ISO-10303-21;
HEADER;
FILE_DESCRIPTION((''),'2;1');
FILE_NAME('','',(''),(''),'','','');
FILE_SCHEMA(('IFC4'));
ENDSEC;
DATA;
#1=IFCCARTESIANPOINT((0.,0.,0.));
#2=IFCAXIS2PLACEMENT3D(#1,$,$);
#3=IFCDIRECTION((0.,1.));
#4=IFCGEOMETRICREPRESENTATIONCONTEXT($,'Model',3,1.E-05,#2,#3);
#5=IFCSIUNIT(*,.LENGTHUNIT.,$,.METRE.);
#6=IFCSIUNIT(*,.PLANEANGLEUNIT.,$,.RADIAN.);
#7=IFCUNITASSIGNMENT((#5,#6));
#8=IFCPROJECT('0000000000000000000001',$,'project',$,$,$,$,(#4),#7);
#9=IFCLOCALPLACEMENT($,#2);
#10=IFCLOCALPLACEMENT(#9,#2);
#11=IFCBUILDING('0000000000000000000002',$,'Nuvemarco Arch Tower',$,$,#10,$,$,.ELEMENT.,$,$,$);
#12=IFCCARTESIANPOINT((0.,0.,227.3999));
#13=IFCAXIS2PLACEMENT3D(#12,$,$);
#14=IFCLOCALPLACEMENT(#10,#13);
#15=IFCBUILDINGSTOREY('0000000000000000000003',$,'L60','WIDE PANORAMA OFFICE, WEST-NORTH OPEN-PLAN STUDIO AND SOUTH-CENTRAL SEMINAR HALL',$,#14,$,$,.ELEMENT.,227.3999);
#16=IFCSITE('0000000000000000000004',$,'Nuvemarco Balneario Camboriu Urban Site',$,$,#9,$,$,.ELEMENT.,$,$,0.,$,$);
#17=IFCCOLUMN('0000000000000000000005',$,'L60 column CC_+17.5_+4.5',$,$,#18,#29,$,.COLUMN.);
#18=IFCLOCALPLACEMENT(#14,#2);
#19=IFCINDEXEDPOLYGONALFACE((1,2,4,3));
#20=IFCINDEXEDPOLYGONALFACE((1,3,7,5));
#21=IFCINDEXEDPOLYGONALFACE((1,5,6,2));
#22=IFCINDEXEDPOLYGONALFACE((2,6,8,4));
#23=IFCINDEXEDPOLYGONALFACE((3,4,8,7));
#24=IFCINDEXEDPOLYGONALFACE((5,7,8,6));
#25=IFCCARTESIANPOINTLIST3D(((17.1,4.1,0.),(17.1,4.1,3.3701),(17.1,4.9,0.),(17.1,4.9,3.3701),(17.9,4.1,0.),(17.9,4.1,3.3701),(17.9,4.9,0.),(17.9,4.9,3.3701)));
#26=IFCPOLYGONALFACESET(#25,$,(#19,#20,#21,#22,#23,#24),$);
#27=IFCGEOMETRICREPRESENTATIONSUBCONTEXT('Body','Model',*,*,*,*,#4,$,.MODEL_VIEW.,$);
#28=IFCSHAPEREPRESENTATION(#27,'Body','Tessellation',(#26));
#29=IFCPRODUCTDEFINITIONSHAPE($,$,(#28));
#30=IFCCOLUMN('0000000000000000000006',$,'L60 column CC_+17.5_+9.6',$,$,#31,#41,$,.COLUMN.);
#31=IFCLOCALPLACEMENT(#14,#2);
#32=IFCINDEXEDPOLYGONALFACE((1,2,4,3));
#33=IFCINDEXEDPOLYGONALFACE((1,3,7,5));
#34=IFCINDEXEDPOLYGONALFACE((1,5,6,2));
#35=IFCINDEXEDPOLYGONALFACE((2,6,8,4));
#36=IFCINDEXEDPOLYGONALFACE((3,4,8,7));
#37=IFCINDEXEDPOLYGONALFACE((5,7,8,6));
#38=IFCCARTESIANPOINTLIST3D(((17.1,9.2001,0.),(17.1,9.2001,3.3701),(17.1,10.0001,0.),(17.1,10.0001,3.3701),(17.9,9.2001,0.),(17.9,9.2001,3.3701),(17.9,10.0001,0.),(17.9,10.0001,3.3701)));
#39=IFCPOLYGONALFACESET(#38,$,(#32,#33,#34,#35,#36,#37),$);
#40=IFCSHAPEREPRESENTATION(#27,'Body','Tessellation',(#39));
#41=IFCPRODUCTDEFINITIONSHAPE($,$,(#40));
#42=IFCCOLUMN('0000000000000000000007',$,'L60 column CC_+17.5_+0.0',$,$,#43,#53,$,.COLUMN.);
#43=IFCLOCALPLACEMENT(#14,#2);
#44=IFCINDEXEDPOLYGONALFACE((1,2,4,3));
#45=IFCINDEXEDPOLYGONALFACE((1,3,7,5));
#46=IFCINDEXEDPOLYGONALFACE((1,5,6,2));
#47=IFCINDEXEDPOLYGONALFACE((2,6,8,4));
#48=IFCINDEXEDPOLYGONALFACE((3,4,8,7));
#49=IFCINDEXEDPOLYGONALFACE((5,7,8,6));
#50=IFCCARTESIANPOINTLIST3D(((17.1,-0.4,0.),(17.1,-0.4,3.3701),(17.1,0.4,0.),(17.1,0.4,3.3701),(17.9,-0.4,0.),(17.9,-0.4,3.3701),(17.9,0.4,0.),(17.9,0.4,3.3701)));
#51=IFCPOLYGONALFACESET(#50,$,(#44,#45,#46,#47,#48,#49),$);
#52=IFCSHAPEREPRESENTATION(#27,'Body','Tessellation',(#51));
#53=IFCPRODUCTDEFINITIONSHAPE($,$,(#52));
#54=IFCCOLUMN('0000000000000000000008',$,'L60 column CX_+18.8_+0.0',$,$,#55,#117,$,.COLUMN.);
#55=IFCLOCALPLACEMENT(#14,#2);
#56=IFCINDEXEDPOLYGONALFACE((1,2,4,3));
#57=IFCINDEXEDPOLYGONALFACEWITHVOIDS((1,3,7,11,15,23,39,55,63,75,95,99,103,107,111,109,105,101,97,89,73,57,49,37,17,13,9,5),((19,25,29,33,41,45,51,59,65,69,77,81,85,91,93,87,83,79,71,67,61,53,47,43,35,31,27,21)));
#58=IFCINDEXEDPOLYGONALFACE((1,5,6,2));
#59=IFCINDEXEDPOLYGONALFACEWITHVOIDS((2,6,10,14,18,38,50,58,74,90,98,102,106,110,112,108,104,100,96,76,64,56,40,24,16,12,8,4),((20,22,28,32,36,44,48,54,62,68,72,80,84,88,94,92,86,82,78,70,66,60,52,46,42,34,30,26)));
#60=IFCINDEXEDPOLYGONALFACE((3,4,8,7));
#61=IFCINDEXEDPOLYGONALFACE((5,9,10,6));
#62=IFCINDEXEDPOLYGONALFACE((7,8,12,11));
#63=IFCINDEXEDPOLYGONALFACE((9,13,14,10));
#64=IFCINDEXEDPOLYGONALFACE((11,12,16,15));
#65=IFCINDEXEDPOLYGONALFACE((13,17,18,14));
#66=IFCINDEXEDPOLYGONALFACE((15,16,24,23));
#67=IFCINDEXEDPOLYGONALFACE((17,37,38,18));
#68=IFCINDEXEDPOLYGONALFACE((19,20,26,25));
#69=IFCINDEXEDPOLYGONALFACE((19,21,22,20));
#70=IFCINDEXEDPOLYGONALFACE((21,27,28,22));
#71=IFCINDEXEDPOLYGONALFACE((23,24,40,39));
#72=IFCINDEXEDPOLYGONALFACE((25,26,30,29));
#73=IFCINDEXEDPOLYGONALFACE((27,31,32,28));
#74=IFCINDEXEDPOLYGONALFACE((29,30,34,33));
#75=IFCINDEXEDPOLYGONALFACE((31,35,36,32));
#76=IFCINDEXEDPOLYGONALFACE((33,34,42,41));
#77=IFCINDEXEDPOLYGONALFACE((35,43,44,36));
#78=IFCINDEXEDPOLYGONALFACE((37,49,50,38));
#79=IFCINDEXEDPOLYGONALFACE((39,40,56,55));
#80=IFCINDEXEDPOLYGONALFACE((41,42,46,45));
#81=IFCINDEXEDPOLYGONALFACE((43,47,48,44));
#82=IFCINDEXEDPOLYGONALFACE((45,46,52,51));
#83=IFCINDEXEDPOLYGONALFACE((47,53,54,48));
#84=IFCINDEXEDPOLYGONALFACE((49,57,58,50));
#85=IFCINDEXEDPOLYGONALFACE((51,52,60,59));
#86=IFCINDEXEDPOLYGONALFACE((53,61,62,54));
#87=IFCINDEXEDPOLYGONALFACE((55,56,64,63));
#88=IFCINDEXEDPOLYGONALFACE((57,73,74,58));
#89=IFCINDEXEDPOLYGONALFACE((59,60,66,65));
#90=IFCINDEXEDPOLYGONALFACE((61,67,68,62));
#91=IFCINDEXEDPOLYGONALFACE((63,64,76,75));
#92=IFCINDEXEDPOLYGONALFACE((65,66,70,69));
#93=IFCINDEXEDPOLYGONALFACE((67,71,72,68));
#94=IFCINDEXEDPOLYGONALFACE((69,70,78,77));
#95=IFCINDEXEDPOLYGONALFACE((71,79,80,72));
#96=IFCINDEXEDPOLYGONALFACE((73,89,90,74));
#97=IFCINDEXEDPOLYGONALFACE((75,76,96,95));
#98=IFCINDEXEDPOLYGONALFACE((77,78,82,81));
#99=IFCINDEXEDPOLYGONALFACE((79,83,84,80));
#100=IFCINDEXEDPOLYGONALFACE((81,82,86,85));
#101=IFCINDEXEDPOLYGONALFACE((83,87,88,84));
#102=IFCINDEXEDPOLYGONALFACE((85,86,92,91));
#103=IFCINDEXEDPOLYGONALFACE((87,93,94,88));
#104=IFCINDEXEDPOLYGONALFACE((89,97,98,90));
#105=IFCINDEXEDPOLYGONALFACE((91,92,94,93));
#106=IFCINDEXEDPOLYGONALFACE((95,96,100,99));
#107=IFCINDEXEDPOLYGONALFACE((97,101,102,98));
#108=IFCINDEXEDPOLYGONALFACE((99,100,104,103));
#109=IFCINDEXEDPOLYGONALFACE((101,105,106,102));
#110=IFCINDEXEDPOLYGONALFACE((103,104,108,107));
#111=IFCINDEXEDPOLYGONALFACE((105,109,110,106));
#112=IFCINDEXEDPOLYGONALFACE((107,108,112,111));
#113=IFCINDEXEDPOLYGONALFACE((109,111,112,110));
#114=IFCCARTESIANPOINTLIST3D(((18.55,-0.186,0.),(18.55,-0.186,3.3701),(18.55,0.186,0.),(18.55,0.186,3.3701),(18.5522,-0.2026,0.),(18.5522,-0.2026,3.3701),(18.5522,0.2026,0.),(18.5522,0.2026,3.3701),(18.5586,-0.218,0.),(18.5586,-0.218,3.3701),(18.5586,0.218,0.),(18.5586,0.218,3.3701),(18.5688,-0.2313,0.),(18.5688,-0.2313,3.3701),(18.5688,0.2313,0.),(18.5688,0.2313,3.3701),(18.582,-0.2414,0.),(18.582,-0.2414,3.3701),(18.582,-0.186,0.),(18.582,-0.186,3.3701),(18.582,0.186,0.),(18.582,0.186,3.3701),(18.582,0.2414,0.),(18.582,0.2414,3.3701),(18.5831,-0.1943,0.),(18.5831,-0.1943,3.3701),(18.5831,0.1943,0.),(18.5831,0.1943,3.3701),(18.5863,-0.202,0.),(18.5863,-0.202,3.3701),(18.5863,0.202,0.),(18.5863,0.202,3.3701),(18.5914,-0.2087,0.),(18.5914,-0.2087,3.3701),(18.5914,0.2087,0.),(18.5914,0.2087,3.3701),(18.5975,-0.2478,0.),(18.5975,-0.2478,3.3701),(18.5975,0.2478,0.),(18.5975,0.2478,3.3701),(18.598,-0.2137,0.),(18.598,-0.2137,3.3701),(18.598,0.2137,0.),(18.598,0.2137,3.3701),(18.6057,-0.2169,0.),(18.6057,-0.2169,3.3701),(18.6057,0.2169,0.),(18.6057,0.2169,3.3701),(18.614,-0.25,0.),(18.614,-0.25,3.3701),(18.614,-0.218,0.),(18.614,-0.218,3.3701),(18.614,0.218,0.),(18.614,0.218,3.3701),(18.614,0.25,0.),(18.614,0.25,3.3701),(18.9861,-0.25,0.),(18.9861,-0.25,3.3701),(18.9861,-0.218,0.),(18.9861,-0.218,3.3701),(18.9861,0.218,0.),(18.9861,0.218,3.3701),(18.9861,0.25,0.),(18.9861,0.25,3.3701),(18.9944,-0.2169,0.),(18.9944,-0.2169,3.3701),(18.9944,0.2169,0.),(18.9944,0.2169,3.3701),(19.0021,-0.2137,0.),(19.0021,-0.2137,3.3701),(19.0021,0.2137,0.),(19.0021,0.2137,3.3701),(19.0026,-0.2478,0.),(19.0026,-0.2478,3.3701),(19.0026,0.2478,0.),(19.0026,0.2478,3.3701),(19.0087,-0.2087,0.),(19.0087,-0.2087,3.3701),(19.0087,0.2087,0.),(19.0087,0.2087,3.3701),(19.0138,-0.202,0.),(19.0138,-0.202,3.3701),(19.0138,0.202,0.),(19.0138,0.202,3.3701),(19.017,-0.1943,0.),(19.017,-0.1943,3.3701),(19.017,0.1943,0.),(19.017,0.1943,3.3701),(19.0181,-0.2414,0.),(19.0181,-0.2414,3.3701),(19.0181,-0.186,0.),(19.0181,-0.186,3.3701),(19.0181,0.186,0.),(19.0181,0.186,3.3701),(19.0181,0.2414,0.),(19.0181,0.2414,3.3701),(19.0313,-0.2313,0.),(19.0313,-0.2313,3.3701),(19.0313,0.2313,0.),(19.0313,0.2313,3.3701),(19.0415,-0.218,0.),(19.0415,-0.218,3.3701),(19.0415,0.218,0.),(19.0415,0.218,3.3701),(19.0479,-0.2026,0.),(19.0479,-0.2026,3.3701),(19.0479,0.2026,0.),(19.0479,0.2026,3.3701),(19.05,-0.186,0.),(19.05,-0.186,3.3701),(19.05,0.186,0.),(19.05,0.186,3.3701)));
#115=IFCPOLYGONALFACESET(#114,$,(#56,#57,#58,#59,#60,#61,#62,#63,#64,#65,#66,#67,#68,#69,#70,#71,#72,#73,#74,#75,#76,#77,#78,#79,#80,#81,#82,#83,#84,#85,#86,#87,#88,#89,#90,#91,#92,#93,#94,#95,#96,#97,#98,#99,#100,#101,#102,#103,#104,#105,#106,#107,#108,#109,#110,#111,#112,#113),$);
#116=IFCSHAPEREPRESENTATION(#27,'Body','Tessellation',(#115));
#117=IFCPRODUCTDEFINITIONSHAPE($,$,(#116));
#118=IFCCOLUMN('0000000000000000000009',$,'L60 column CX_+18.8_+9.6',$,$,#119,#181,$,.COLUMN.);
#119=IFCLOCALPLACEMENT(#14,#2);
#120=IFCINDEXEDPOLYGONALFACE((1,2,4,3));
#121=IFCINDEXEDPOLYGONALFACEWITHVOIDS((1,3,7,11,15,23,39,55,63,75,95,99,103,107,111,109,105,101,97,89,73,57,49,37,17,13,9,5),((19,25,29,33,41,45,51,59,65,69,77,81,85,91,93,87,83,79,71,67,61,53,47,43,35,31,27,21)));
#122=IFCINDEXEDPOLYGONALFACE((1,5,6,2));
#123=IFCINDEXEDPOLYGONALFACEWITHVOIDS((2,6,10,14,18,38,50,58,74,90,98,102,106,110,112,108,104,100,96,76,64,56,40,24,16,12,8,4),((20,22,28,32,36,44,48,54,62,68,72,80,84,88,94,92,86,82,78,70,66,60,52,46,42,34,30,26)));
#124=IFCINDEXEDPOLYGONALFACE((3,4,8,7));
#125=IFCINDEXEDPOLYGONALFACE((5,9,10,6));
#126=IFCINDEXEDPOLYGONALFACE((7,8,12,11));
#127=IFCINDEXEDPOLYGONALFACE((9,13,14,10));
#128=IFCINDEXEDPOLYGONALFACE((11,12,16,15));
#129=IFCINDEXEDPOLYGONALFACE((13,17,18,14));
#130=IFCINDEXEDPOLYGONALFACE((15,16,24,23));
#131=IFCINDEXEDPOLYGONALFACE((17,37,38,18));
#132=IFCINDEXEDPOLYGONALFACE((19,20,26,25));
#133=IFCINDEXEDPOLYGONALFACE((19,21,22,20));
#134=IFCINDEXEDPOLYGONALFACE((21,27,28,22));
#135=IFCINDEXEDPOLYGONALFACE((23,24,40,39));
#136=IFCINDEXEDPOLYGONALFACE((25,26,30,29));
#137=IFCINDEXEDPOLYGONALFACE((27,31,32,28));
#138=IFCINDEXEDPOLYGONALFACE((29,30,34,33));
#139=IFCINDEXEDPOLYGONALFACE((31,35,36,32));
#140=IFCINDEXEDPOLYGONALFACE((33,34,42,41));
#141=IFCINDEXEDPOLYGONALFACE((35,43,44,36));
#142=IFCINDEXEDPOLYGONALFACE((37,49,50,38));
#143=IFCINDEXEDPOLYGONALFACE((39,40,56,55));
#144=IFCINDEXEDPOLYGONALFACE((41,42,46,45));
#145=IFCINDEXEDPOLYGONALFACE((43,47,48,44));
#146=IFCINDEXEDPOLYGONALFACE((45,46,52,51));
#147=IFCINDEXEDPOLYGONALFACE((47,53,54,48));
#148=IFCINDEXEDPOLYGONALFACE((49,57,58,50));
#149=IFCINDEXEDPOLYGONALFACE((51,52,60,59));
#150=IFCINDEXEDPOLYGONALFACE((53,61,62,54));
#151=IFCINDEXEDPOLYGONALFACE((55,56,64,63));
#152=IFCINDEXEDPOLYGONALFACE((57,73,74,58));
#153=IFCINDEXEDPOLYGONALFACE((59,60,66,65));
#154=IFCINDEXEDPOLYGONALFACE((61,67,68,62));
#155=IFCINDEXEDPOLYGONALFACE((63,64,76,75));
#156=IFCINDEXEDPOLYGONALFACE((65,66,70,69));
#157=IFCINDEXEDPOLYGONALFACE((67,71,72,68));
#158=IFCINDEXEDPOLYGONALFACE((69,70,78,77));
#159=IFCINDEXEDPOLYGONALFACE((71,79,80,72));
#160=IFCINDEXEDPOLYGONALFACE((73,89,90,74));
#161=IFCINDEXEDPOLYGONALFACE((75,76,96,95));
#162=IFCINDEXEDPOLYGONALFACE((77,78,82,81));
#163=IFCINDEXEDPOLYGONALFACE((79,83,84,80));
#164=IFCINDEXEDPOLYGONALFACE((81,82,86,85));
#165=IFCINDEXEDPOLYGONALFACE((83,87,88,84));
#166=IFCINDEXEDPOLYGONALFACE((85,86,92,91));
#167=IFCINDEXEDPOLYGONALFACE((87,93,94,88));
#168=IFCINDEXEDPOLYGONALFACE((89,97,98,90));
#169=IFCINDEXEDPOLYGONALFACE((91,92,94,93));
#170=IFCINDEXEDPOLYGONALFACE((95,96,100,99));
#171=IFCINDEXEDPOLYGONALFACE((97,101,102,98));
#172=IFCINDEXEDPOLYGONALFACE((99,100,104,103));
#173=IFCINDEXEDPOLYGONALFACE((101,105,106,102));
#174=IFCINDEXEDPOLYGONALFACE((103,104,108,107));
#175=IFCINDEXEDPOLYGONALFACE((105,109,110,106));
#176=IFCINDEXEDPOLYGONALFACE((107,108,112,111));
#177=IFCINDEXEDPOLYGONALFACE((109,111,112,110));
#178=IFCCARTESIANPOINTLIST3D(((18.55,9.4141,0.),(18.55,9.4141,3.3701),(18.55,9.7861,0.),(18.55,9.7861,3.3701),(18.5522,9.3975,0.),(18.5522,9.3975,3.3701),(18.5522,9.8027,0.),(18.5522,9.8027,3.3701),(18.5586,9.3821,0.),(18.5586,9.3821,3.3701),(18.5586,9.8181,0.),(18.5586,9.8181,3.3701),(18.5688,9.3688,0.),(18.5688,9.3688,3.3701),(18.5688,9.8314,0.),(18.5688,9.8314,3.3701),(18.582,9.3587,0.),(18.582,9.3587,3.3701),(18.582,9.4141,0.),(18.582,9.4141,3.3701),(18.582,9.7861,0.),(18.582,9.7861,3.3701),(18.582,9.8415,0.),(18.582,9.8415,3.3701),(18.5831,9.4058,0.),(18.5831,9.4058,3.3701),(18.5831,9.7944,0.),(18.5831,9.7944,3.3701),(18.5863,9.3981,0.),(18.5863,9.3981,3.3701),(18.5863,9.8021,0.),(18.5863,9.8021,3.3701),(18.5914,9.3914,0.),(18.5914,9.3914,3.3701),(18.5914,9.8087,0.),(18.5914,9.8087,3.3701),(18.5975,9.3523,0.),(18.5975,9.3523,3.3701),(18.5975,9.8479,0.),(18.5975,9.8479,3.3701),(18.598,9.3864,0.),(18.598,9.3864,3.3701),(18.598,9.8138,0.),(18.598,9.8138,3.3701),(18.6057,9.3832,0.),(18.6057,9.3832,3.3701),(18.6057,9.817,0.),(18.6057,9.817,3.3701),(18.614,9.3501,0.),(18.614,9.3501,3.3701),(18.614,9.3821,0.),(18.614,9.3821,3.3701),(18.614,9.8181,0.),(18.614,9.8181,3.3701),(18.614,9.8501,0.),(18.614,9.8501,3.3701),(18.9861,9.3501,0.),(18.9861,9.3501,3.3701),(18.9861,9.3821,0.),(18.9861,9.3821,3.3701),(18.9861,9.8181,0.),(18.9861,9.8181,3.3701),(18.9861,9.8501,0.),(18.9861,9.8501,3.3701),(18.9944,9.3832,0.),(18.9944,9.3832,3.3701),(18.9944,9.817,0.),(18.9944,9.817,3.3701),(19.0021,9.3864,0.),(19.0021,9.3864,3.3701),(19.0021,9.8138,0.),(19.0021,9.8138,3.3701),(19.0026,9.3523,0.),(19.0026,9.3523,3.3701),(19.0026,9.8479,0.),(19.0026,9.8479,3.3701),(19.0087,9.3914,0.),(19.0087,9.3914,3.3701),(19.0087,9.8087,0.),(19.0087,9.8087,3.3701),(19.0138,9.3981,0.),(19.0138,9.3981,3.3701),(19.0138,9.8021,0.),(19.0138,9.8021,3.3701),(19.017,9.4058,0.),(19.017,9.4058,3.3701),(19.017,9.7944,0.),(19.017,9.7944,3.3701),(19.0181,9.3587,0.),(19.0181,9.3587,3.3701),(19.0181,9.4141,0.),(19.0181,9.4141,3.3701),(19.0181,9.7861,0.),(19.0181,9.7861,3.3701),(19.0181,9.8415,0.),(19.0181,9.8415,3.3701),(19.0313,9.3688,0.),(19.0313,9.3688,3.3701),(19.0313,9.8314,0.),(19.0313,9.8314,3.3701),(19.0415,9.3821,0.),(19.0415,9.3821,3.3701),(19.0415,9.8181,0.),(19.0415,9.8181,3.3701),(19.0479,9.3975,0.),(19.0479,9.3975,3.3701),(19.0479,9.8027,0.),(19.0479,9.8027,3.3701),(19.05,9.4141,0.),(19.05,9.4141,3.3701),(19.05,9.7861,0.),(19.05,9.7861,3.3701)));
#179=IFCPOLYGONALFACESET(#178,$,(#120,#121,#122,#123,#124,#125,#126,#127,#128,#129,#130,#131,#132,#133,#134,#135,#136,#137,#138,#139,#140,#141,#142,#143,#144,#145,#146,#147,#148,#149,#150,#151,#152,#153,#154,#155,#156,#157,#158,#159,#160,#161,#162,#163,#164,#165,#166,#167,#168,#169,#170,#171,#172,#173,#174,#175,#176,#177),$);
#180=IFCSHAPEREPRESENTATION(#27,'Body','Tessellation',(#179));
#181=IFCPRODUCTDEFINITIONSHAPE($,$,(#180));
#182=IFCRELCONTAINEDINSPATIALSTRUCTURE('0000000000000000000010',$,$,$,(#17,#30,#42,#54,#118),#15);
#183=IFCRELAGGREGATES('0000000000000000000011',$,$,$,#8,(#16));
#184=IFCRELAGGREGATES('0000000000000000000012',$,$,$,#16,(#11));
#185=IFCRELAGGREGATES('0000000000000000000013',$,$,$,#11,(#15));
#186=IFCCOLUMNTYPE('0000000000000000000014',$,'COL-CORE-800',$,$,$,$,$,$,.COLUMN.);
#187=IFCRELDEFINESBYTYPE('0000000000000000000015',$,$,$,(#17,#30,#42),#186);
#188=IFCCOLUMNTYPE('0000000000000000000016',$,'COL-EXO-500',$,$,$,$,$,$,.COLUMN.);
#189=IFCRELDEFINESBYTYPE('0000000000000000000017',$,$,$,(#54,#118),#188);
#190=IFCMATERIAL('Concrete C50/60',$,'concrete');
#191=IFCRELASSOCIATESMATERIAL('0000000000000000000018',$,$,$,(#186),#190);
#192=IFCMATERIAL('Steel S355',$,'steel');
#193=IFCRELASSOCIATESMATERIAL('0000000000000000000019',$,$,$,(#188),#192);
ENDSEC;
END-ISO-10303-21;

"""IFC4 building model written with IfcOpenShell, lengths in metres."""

from ifc_helpers import new_model, si_unit, direction, frame, origin, origin_2d, place, context, subcontext, project, spatial, rectangle, hollow_rectangle, extrude, material, material_profile, profile_set, type_object, element, save


model = new_model("IFC4")

# Units and contexts
model_context = context("Model", 3, precision=1e-05, world=origin(), true_north=direction((0.0, 1.0)))
body_context = subcontext(model_context, "Body", "Model", "MODEL_VIEW")
ifc_project = project(units=[si_unit("LENGTHUNIT", "METRE"), si_unit("PLANEANGLEUNIT", "RADIAN")], contexts=[model_context])

# Site, building, storey
site_placement = place(None, origin())
site = spatial("IfcSite", under=ifc_project, at=site_placement, Name="Nuvemarco Balneario Camboriu Urban Site", CompositionType="ELEMENT", RefElevation=0.0)
building_placement = place(site_placement, origin())
building = spatial("IfcBuilding", under=site, at=building_placement, Name="Nuvemarco Arch Tower", CompositionType="ELEMENT")
storey_placement = place(building_placement, frame((0.0, 0.0, 227.3999)))
storey = spatial("IfcBuildingStorey", under=building, at=storey_placement, Name="L60", Description="WIDE PANORAMA OFFICE, WEST-NORTH OPEN-PLAN STUDIO AND SOUTH-CENTRAL SEMINAR HALL", CompositionType="ELEMENT", Elevation=227.3999)

# Columns
ifc_material_1 = material(Name="Concrete C50/60", Category="concrete")
ifc_material_profile_1 = material_profile(ifc_material_1, rectangle(XDim=0.8, YDim=0.8, at=origin_2d()), Name="RC-COL-800x800")
ifc_profile_set_1 = profile_set([ifc_material_profile_1], Name="Concrete C50/60")
column_type_1 = type_object("IfcColumnType", Name="COL-CORE-800", PredefinedType="COLUMN", material=ifc_profile_set_1)
for number, where, z_axis, x_axis, name in (
    (1, (17.5, 4.5, 0.0), (0.0, 0.0, 1.0), (1.0, 0.0, 0.0), "L60 column CC_+17.5_+4.5"),
    (2, (17.5, 9.6001, 0.0), (0.0, 0.0, 1.0), (1.0, 0.0, 0.0), "L60 column CC_+17.5_+9.6"),
    (3, (17.5, 0.0, 0.0), (0.0, 0.0, 1.0), (1.0, 0.0, 0.0), "L60 column CC_+17.5_+0.0"),
):
    element("IfcColumn", number, at=place(storey_placement, frame(where, z_axis=z_axis, x_axis=x_axis)), inside=storey, type_object=column_type_1, Name=name, PredefinedType="COLUMN", context=body_context, shape_type="SweptSolid", body=[
        extrude(rectangle(XDim=0.8, YDim=0.8, at=origin_2d()), origin(), (0.0, 0.0, 1.0), 3.3701),
    ])
ifc_material_2 = material(Name="Steel S355", Category="steel")
ifc_material_profile_2 = material_profile(ifc_material_2, hollow_rectangle(XDim=0.5, YDim=0.5, WallThickness=0.032, InnerFilletRadius=0.032, OuterFilletRadius=0.064, at=origin_2d()), Name="SHS500x500x32")
ifc_profile_set_2 = profile_set([ifc_material_profile_2], Name="Steel S355")
column_type_2 = type_object("IfcColumnType", Name="COL-EXO-500", PredefinedType="COLUMN", material=ifc_profile_set_2)
for number, where, z_axis, x_axis, name in (
    (4, (18.8, 0.0, 0.0), (0.0, 0.0, 1.0), (1.0, 0.0, 0.0), "L60 column CX_+18.8_+0.0"),
    (5, (18.8, 9.6001, 0.0), (0.0, 0.0, 1.0), (1.0, 0.0, 0.0), "L60 column CX_+18.8_+9.6"),
):
    element("IfcColumn", number, at=place(storey_placement, frame(where, z_axis=z_axis, x_axis=x_axis)), inside=storey, type_object=column_type_2, Name=name, PredefinedType="COLUMN", context=body_context, shape_type="SweptSolid", body=[
        extrude(hollow_rectangle(XDim=0.5, YDim=0.5, WallThickness=0.032, InnerFilletRadius=0.032, OuterFilletRadius=0.064, at=origin_2d()), origin(), (0.0, 0.0, 1.0), 3.3701),
    ])

save(model, "model.ifc")
